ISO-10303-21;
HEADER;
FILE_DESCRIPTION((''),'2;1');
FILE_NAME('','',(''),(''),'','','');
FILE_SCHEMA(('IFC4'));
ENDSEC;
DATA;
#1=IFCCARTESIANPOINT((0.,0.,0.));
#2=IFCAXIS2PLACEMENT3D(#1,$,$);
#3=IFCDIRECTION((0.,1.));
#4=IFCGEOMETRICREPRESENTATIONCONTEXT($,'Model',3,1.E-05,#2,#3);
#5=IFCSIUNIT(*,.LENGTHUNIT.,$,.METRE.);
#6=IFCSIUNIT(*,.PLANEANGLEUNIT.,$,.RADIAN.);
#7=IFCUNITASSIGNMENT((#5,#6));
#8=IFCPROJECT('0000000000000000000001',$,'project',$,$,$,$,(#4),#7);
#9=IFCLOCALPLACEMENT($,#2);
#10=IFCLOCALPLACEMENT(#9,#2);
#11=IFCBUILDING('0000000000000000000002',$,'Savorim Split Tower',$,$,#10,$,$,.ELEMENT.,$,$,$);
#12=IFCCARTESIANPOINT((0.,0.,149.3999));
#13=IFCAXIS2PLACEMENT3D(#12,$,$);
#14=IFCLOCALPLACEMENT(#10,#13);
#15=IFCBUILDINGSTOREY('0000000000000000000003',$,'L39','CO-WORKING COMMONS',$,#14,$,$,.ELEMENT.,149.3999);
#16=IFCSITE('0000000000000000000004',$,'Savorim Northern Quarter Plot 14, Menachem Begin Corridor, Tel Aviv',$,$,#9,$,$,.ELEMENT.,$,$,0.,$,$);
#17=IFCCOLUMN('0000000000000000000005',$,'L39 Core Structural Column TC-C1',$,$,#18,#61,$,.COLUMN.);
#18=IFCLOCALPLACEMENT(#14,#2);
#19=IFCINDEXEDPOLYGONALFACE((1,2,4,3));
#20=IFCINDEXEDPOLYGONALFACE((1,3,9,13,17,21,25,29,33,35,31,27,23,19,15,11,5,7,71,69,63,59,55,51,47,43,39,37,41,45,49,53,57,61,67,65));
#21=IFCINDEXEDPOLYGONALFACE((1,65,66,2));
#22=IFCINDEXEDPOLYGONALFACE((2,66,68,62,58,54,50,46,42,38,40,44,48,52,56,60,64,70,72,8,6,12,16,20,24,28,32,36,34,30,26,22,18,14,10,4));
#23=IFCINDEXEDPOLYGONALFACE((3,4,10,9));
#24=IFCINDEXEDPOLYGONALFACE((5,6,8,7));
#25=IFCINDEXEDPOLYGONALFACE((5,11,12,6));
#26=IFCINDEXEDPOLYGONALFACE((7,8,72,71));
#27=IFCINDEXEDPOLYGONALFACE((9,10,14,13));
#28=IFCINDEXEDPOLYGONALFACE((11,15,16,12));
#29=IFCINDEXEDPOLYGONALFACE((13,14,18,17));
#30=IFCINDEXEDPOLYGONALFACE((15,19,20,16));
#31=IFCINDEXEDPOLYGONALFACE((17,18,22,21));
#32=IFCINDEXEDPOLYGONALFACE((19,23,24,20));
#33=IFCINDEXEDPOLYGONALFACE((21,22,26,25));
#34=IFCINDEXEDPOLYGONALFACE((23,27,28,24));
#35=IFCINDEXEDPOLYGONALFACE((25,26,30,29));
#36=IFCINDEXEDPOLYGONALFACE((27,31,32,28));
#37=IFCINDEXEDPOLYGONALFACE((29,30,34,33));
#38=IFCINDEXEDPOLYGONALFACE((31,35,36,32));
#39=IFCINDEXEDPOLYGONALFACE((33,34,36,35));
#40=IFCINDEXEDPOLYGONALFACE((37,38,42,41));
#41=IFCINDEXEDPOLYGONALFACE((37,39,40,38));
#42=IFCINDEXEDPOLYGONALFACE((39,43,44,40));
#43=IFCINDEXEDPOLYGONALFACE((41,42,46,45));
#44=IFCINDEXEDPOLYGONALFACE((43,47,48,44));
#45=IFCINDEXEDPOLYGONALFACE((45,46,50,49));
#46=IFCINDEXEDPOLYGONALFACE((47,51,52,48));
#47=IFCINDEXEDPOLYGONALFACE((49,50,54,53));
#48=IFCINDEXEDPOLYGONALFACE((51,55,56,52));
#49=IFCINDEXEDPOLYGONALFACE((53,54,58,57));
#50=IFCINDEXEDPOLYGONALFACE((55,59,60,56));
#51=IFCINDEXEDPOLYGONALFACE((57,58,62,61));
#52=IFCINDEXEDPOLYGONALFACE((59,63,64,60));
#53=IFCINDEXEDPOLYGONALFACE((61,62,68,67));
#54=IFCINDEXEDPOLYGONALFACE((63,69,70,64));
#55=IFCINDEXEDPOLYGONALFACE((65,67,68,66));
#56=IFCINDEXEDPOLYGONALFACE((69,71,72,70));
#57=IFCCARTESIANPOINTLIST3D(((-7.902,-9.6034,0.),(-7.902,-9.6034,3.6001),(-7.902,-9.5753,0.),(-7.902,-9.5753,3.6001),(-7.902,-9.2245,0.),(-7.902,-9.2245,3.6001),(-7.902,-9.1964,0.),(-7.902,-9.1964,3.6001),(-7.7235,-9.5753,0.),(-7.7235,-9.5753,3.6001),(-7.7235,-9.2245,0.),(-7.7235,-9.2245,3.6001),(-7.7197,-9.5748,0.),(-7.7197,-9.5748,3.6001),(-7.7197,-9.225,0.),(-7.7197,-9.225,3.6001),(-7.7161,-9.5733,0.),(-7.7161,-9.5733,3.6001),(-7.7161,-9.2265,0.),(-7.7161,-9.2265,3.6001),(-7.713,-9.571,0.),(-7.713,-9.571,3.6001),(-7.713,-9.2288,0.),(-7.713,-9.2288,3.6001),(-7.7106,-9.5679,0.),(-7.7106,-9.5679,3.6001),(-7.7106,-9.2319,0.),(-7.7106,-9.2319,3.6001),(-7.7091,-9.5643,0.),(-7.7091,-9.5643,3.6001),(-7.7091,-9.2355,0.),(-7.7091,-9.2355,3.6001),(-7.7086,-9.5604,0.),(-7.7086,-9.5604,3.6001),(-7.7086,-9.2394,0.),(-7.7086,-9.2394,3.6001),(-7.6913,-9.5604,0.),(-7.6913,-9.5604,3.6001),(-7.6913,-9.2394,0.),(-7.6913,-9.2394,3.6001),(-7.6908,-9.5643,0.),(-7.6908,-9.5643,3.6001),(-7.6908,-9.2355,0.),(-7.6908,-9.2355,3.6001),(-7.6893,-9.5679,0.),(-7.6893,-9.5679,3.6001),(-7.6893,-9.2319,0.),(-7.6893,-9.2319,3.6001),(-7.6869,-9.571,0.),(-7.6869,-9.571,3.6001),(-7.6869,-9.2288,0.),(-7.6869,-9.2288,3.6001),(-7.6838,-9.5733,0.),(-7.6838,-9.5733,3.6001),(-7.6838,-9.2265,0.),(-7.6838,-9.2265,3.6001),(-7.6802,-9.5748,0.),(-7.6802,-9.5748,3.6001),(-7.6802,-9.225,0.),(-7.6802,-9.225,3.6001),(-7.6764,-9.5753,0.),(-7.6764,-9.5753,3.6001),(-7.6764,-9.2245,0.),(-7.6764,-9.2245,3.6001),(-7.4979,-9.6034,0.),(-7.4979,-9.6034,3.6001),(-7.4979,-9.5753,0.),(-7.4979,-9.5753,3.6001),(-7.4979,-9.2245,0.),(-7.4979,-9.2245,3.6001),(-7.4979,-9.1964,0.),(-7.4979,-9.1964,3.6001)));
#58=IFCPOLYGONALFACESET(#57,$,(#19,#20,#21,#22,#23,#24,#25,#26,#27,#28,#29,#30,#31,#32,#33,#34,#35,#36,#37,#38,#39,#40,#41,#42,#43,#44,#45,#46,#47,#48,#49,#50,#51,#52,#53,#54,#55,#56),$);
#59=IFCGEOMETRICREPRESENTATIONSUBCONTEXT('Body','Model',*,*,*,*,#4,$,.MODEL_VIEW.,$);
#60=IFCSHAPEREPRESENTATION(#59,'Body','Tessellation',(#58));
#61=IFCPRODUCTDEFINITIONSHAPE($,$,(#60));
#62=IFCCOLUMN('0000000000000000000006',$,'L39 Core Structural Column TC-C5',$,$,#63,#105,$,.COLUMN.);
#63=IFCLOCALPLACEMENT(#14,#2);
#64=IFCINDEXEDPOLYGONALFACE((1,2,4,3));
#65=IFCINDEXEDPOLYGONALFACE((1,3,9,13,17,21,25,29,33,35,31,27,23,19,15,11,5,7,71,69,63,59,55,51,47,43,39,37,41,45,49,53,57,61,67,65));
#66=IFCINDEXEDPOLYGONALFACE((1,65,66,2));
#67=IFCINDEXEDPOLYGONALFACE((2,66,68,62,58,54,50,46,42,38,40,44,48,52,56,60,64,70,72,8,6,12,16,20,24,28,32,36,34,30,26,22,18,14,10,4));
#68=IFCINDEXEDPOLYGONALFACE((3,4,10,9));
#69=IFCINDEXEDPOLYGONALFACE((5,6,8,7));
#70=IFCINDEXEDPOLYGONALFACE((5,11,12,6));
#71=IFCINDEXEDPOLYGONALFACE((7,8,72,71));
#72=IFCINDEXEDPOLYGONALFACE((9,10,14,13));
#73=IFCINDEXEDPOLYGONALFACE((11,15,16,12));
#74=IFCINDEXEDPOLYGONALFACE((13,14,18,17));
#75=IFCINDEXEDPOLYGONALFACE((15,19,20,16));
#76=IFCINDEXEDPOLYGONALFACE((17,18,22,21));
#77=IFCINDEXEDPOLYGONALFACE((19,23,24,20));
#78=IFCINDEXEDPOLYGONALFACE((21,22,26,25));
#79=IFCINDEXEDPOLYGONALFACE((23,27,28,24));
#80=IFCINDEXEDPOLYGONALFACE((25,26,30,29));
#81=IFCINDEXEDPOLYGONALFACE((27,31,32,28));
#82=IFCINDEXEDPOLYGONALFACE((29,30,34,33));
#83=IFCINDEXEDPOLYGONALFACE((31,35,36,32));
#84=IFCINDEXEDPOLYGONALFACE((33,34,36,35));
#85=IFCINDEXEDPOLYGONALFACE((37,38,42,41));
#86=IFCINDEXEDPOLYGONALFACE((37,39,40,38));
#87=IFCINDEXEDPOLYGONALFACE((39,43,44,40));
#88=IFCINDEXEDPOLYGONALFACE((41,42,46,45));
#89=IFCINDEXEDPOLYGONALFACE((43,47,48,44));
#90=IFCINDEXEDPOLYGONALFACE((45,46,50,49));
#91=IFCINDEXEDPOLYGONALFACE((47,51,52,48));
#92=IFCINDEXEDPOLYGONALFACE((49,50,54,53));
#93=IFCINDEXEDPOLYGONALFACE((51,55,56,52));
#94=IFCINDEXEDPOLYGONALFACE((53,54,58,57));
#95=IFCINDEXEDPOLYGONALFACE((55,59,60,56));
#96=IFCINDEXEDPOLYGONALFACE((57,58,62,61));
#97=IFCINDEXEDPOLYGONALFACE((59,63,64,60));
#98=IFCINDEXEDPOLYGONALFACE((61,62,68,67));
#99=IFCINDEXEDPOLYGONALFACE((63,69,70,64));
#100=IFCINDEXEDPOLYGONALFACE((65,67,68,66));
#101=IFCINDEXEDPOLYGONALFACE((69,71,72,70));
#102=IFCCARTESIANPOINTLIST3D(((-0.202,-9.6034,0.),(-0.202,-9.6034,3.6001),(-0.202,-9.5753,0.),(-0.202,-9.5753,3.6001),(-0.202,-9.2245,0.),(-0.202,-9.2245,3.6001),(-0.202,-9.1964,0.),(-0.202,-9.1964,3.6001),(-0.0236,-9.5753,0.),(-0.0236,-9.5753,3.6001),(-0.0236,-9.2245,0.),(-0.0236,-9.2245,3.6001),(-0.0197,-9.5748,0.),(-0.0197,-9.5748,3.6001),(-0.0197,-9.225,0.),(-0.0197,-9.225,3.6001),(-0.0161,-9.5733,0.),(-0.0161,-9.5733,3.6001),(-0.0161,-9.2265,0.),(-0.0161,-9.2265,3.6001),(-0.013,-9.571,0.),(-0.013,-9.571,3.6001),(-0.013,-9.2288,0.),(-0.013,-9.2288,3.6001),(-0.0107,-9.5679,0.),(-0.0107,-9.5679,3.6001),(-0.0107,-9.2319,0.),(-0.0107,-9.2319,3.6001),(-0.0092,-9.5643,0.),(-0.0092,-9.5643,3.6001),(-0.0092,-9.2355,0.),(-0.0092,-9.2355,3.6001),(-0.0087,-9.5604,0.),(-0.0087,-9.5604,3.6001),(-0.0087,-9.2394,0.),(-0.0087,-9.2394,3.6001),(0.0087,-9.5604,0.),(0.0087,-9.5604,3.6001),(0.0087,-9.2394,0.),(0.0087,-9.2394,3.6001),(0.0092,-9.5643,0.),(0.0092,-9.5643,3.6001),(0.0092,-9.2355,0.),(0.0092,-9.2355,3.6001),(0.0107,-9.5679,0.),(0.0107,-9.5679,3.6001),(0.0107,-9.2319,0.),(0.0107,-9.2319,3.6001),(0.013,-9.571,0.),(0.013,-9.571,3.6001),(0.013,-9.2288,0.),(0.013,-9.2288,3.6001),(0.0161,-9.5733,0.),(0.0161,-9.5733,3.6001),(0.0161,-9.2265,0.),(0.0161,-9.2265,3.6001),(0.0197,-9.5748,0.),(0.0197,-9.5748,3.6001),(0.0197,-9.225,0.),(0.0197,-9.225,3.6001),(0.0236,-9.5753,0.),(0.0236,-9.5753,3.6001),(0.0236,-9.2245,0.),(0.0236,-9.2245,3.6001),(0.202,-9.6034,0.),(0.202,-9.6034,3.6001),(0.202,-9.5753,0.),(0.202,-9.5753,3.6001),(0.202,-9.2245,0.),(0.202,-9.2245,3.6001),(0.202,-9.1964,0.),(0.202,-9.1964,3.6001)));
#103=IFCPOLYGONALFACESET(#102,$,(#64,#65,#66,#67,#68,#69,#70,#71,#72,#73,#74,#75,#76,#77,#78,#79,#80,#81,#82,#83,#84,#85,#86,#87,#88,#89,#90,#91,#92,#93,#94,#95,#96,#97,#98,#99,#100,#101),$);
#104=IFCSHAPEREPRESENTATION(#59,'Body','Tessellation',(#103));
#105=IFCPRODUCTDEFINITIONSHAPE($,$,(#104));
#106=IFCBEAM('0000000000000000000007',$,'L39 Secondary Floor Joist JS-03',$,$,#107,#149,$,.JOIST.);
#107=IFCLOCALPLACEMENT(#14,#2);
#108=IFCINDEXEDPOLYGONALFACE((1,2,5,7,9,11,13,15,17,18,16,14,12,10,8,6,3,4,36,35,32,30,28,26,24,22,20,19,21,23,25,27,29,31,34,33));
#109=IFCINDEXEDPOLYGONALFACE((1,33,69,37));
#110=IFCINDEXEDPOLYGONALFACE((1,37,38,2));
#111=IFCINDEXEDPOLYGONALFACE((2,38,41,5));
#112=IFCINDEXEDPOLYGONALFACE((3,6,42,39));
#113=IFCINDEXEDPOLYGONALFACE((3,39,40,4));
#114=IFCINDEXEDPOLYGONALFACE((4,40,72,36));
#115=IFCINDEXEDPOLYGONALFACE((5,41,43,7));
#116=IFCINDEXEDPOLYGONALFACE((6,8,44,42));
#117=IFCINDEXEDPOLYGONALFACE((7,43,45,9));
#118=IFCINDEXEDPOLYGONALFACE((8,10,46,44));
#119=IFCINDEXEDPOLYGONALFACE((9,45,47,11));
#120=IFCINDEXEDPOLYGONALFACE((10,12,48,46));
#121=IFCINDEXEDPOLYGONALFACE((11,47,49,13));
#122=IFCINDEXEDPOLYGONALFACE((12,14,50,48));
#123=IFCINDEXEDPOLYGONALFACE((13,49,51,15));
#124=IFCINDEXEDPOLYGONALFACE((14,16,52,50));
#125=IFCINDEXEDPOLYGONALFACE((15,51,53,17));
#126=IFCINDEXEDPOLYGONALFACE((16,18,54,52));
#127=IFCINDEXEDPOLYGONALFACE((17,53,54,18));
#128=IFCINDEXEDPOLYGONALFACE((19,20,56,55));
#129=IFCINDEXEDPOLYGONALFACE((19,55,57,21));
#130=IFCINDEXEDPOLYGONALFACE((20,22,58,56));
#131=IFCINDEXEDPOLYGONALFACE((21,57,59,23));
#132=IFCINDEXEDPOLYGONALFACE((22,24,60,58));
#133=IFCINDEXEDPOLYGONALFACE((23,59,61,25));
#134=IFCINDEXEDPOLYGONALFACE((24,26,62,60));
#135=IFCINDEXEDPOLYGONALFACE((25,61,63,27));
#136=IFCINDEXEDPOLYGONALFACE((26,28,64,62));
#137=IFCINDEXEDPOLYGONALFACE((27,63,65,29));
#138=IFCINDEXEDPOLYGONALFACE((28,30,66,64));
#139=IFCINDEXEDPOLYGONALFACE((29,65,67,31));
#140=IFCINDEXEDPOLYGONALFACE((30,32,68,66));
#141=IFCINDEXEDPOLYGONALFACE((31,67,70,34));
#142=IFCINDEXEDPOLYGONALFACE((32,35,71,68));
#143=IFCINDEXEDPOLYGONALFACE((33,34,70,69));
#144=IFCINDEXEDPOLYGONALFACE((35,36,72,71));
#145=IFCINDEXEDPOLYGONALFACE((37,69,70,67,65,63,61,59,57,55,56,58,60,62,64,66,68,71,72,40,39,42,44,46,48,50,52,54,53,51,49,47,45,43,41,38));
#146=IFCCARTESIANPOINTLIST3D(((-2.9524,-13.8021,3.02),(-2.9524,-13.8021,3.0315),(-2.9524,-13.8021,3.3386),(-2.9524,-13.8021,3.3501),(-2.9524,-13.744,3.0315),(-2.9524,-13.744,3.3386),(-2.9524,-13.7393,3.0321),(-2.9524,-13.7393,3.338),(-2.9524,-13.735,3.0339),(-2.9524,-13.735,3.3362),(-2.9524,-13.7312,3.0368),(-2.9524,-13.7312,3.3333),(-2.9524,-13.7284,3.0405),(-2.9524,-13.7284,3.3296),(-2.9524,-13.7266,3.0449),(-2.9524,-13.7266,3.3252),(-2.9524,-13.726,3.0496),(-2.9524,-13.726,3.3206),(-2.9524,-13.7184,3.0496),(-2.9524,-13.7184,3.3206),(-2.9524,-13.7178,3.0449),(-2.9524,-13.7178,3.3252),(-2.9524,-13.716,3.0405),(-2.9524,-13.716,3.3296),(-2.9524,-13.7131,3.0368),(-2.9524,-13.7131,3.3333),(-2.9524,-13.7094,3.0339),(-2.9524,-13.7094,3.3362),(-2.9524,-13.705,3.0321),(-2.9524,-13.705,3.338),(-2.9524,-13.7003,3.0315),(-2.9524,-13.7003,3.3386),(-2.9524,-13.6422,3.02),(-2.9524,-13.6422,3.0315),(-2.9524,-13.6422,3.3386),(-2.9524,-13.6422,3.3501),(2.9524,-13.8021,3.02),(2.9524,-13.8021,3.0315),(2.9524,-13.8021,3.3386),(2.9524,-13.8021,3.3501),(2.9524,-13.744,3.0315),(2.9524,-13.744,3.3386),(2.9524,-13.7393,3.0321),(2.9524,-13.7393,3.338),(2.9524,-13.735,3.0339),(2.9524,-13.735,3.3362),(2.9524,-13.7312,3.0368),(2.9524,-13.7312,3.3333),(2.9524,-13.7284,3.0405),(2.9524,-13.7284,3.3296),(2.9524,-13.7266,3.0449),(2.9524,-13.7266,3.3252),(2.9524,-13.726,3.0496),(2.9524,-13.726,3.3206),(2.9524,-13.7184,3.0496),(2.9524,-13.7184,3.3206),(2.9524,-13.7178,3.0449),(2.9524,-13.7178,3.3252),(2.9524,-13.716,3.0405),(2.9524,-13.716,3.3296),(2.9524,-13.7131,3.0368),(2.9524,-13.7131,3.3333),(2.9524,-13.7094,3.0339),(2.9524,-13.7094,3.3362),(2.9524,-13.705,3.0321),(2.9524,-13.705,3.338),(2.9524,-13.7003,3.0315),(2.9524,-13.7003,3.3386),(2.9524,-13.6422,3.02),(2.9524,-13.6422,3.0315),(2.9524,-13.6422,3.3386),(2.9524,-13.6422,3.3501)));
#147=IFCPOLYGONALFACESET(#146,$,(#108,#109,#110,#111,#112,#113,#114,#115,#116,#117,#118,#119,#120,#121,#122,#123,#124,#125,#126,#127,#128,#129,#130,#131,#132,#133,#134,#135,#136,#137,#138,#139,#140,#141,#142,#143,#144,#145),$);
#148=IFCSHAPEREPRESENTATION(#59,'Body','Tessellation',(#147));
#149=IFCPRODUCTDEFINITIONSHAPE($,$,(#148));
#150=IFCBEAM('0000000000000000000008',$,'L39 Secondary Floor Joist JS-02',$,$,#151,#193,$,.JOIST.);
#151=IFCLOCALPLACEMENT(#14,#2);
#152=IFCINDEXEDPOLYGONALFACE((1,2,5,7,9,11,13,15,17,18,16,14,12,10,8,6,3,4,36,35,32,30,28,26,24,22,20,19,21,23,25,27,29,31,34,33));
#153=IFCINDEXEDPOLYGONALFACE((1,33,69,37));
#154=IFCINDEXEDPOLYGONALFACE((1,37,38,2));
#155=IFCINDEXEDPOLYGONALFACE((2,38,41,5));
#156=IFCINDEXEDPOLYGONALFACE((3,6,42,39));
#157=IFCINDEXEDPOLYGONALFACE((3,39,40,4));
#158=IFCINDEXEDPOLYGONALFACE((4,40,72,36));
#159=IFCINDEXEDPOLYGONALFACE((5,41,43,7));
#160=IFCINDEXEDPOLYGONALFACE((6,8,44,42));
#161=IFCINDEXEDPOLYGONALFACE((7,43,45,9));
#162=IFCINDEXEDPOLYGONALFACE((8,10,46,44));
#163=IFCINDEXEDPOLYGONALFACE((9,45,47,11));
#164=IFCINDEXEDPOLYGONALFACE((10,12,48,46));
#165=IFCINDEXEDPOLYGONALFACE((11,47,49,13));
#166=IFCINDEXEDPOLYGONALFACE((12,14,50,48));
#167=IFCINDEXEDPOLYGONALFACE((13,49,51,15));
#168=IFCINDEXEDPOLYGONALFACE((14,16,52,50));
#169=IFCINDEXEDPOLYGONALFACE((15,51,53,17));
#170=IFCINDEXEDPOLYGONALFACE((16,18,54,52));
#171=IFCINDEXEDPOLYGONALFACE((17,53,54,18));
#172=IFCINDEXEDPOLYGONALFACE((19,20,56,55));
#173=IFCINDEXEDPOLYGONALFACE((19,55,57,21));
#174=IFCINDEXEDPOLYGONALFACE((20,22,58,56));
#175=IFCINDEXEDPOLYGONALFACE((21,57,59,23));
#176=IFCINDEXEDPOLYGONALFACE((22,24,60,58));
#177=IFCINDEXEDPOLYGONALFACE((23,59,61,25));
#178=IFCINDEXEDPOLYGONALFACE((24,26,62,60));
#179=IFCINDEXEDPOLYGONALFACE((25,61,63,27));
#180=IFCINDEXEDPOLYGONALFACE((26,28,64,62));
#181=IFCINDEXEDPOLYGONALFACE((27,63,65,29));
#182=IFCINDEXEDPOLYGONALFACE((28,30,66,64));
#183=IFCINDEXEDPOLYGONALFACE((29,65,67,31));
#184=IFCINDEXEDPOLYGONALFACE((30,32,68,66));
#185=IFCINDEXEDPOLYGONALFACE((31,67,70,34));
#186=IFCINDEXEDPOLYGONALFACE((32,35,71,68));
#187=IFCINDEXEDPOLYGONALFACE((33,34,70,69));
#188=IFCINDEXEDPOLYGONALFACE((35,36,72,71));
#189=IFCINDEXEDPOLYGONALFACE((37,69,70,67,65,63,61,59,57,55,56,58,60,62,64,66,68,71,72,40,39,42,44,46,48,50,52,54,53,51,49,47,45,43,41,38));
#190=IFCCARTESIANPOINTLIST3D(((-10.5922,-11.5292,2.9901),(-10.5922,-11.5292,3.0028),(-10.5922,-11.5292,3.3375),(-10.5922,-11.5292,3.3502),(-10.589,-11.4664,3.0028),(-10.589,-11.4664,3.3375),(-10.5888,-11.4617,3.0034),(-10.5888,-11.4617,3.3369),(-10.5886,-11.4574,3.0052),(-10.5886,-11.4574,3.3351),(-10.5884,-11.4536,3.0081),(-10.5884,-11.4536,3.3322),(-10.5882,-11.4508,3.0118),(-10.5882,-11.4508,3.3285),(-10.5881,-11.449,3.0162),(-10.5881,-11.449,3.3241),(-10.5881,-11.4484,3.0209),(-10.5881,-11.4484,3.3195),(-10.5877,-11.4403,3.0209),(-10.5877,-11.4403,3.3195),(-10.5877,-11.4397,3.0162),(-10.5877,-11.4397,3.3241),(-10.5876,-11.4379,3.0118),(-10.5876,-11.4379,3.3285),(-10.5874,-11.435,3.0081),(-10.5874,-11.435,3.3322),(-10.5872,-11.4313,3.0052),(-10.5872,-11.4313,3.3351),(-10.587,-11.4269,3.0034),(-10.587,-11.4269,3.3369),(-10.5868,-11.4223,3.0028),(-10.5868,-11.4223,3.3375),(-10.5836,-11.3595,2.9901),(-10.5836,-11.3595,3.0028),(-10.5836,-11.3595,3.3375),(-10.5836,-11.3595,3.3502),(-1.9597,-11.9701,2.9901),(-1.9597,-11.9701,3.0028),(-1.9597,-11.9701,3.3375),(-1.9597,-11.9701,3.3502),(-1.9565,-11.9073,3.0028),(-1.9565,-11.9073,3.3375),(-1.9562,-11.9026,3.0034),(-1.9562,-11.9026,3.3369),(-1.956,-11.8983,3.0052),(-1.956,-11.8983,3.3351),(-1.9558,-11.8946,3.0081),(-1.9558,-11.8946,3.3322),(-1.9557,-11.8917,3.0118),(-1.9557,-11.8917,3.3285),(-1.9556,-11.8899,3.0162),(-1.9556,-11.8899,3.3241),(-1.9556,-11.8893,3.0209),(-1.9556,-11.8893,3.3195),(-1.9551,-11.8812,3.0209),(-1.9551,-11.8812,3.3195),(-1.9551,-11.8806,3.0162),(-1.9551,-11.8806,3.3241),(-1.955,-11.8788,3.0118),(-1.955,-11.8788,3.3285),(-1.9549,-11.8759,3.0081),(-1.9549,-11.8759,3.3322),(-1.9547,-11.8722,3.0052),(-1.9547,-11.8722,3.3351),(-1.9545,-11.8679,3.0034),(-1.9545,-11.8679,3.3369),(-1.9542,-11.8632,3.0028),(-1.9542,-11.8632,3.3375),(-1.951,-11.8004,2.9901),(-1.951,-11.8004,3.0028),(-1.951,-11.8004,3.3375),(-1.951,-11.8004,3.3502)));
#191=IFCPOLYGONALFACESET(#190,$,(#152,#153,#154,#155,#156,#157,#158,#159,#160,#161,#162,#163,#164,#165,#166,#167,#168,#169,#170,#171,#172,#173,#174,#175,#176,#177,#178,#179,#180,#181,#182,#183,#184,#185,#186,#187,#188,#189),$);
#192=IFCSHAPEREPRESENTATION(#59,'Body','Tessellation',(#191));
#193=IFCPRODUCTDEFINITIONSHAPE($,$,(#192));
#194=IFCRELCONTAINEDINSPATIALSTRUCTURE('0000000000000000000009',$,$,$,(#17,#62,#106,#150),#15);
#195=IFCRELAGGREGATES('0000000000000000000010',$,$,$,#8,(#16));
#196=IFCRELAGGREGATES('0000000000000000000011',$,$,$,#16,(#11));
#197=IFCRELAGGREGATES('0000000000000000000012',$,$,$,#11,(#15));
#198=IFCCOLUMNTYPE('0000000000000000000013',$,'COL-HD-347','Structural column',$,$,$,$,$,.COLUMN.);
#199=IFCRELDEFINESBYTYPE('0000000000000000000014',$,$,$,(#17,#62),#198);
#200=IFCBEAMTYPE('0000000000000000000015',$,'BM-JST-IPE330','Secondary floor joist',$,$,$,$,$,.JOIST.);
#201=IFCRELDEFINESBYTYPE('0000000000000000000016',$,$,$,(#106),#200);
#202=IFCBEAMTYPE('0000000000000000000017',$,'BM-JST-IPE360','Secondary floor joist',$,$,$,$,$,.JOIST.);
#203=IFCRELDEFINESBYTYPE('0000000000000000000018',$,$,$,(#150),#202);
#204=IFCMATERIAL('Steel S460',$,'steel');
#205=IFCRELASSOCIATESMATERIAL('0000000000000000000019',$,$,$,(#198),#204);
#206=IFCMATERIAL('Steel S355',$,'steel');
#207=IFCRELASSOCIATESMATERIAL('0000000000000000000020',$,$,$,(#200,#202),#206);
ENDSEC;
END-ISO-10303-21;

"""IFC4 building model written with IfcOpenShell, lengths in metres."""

from ifc_helpers import new_model, si_unit, direction, frame, origin, origin_2d, place, context, subcontext, project, spatial, i_section, extrude, material, material_profile, profile_set, type_object, element, save


model = new_model("IFC4")

# Units and contexts
model_context = context("Model", 3, precision=1e-05, world=origin(), true_north=direction((0.0, 1.0)))
body_context = subcontext(model_context, "Body", "Model", "MODEL_VIEW")
ifc_project = project(units=[si_unit("LENGTHUNIT", "METRE"), si_unit("PLANEANGLEUNIT", "RADIAN")], contexts=[model_context])

# Site, building, storey
site_placement = place(None, origin())
site = spatial("IfcSite", under=ifc_project, at=site_placement, Name="Savorim Northern Quarter Plot 14, Menachem Begin Corridor, Tel Aviv", CompositionType="ELEMENT", RefElevation=0.0)
building_placement = place(site_placement, origin())
building = spatial("IfcBuilding", under=site, at=building_placement, Name="Savorim Split Tower", CompositionType="ELEMENT")
storey_placement = place(building_placement, frame((0.0, 0.0, 149.3999)))
storey = spatial("IfcBuildingStorey", under=building, at=storey_placement, Name="L39", Description="CO-WORKING COMMONS", CompositionType="ELEMENT", Elevation=149.3999)

# Columns
ifc_material_1 = material(Name="Steel S460", Category="steel")
ifc_material_profile_1 = material_profile(ifc_material_1, i_section(OverallWidth=0.4041, OverallDepth=0.407, WebThickness=0.0173, FlangeThickness=0.0281, FilletRadius=0.0149, at=origin_2d()), Name="HD 400x347")
ifc_profile_set_1 = profile_set([ifc_material_profile_1], Name="Steel S460")
column_type = type_object("IfcColumnType", Name="COL-HD-347", Description="Structural column", PredefinedType="COLUMN", material=ifc_profile_set_1)
for number, where, z_axis, x_axis, name in (
    (1, (-7.7, -9.3999, 0.0), (0.0, 0.0, 1.0), (1.0, 0.0, 0.0), "L39 Core Structural Column TC-C1"),
    (2, (0.0, -9.3999, 0.0), (0.0, 0.0, 1.0), (1.0, 0.0, 0.0), "L39 Core Structural Column TC-C5"),
):
    element("IfcColumn", number, at=place(storey_placement, frame(where, z_axis=z_axis, x_axis=x_axis)), inside=storey, type_object=column_type, Name=name, PredefinedType="COLUMN", context=body_context, shape_type="SweptSolid", body=[
        extrude(i_section(OverallWidth=0.4041, OverallDepth=0.407, WebThickness=0.0173, FlangeThickness=0.0281, FilletRadius=0.0149, at=origin_2d()), origin(), (0.0, 0.0, 1.0), 3.6001),
    ])

# Beams
ifc_material_2 = material(Name="Steel S355", Category="steel")
ifc_material_profile_2 = material_profile(ifc_material_2, i_section(OverallWidth=0.1599, OverallDepth=0.3301, WebThickness=0.0076, FlangeThickness=0.0115, FilletRadius=0.0181, at=origin_2d()), Name="IPE 330")
ifc_profile_set_2 = profile_set([ifc_material_profile_2], Name="Steel S355")
beam_type_1 = type_object("IfcBeamType", Name="BM-JST-IPE330", Description="Secondary floor joist", PredefinedType="JOIST", material=ifc_profile_set_2)
beam_1_placement = place(storey_placement, frame((-2.9524, -13.7222, 3.1851), z_axis=(1.0, 0.0, 0.0), x_axis=(0.0, 1.0, 0.0)))
element("IfcBeam", 3, at=beam_1_placement, inside=storey, type_object=beam_type_1, Name="L39 Secondary Floor Joist JS-03", PredefinedType="JOIST", context=body_context, shape_type="SweptSolid", body=[
    extrude(i_section(OverallWidth=0.1599, OverallDepth=0.3301, WebThickness=0.0076, FlangeThickness=0.0115, FilletRadius=0.0181, at=origin_2d()), origin(), (0.0, 0.0, 1.0), 5.9048),
])
ifc_material_profile_3 = material_profile(ifc_material_2, i_section(OverallWidth=0.1699, OverallDepth=0.3601, WebThickness=0.0081, FlangeThickness=0.0127, FilletRadius=0.0181, at=origin_2d()), Name="IPE 360")
ifc_profile_set_3 = profile_set([ifc_material_profile_3], Name="Steel S355")
beam_type_2 = type_object("IfcBeamType", Name="BM-JST-IPE360", Description="Secondary floor joist", PredefinedType="JOIST", material=ifc_profile_set_3)
beam_2_placement = place(storey_placement, frame((-10.5879, -11.4443, 3.1702), z_axis=(0.998698, -0.05101, 0.0), x_axis=(0.05101, 0.998698, 0.0)))
element("IfcBeam", 4, at=beam_2_placement, inside=storey, type_object=beam_type_2, Name="L39 Secondary Floor Joist JS-02", PredefinedType="JOIST", context=body_context, shape_type="SweptSolid", body=[
    extrude(i_section(OverallWidth=0.1699, OverallDepth=0.3601, WebThickness=0.0081, FlangeThickness=0.0127, FilletRadius=0.0181, at=origin_2d()), origin(), (0.0, 0.0, 1.0), 8.6438),
])

save(model, "model.ifc")
